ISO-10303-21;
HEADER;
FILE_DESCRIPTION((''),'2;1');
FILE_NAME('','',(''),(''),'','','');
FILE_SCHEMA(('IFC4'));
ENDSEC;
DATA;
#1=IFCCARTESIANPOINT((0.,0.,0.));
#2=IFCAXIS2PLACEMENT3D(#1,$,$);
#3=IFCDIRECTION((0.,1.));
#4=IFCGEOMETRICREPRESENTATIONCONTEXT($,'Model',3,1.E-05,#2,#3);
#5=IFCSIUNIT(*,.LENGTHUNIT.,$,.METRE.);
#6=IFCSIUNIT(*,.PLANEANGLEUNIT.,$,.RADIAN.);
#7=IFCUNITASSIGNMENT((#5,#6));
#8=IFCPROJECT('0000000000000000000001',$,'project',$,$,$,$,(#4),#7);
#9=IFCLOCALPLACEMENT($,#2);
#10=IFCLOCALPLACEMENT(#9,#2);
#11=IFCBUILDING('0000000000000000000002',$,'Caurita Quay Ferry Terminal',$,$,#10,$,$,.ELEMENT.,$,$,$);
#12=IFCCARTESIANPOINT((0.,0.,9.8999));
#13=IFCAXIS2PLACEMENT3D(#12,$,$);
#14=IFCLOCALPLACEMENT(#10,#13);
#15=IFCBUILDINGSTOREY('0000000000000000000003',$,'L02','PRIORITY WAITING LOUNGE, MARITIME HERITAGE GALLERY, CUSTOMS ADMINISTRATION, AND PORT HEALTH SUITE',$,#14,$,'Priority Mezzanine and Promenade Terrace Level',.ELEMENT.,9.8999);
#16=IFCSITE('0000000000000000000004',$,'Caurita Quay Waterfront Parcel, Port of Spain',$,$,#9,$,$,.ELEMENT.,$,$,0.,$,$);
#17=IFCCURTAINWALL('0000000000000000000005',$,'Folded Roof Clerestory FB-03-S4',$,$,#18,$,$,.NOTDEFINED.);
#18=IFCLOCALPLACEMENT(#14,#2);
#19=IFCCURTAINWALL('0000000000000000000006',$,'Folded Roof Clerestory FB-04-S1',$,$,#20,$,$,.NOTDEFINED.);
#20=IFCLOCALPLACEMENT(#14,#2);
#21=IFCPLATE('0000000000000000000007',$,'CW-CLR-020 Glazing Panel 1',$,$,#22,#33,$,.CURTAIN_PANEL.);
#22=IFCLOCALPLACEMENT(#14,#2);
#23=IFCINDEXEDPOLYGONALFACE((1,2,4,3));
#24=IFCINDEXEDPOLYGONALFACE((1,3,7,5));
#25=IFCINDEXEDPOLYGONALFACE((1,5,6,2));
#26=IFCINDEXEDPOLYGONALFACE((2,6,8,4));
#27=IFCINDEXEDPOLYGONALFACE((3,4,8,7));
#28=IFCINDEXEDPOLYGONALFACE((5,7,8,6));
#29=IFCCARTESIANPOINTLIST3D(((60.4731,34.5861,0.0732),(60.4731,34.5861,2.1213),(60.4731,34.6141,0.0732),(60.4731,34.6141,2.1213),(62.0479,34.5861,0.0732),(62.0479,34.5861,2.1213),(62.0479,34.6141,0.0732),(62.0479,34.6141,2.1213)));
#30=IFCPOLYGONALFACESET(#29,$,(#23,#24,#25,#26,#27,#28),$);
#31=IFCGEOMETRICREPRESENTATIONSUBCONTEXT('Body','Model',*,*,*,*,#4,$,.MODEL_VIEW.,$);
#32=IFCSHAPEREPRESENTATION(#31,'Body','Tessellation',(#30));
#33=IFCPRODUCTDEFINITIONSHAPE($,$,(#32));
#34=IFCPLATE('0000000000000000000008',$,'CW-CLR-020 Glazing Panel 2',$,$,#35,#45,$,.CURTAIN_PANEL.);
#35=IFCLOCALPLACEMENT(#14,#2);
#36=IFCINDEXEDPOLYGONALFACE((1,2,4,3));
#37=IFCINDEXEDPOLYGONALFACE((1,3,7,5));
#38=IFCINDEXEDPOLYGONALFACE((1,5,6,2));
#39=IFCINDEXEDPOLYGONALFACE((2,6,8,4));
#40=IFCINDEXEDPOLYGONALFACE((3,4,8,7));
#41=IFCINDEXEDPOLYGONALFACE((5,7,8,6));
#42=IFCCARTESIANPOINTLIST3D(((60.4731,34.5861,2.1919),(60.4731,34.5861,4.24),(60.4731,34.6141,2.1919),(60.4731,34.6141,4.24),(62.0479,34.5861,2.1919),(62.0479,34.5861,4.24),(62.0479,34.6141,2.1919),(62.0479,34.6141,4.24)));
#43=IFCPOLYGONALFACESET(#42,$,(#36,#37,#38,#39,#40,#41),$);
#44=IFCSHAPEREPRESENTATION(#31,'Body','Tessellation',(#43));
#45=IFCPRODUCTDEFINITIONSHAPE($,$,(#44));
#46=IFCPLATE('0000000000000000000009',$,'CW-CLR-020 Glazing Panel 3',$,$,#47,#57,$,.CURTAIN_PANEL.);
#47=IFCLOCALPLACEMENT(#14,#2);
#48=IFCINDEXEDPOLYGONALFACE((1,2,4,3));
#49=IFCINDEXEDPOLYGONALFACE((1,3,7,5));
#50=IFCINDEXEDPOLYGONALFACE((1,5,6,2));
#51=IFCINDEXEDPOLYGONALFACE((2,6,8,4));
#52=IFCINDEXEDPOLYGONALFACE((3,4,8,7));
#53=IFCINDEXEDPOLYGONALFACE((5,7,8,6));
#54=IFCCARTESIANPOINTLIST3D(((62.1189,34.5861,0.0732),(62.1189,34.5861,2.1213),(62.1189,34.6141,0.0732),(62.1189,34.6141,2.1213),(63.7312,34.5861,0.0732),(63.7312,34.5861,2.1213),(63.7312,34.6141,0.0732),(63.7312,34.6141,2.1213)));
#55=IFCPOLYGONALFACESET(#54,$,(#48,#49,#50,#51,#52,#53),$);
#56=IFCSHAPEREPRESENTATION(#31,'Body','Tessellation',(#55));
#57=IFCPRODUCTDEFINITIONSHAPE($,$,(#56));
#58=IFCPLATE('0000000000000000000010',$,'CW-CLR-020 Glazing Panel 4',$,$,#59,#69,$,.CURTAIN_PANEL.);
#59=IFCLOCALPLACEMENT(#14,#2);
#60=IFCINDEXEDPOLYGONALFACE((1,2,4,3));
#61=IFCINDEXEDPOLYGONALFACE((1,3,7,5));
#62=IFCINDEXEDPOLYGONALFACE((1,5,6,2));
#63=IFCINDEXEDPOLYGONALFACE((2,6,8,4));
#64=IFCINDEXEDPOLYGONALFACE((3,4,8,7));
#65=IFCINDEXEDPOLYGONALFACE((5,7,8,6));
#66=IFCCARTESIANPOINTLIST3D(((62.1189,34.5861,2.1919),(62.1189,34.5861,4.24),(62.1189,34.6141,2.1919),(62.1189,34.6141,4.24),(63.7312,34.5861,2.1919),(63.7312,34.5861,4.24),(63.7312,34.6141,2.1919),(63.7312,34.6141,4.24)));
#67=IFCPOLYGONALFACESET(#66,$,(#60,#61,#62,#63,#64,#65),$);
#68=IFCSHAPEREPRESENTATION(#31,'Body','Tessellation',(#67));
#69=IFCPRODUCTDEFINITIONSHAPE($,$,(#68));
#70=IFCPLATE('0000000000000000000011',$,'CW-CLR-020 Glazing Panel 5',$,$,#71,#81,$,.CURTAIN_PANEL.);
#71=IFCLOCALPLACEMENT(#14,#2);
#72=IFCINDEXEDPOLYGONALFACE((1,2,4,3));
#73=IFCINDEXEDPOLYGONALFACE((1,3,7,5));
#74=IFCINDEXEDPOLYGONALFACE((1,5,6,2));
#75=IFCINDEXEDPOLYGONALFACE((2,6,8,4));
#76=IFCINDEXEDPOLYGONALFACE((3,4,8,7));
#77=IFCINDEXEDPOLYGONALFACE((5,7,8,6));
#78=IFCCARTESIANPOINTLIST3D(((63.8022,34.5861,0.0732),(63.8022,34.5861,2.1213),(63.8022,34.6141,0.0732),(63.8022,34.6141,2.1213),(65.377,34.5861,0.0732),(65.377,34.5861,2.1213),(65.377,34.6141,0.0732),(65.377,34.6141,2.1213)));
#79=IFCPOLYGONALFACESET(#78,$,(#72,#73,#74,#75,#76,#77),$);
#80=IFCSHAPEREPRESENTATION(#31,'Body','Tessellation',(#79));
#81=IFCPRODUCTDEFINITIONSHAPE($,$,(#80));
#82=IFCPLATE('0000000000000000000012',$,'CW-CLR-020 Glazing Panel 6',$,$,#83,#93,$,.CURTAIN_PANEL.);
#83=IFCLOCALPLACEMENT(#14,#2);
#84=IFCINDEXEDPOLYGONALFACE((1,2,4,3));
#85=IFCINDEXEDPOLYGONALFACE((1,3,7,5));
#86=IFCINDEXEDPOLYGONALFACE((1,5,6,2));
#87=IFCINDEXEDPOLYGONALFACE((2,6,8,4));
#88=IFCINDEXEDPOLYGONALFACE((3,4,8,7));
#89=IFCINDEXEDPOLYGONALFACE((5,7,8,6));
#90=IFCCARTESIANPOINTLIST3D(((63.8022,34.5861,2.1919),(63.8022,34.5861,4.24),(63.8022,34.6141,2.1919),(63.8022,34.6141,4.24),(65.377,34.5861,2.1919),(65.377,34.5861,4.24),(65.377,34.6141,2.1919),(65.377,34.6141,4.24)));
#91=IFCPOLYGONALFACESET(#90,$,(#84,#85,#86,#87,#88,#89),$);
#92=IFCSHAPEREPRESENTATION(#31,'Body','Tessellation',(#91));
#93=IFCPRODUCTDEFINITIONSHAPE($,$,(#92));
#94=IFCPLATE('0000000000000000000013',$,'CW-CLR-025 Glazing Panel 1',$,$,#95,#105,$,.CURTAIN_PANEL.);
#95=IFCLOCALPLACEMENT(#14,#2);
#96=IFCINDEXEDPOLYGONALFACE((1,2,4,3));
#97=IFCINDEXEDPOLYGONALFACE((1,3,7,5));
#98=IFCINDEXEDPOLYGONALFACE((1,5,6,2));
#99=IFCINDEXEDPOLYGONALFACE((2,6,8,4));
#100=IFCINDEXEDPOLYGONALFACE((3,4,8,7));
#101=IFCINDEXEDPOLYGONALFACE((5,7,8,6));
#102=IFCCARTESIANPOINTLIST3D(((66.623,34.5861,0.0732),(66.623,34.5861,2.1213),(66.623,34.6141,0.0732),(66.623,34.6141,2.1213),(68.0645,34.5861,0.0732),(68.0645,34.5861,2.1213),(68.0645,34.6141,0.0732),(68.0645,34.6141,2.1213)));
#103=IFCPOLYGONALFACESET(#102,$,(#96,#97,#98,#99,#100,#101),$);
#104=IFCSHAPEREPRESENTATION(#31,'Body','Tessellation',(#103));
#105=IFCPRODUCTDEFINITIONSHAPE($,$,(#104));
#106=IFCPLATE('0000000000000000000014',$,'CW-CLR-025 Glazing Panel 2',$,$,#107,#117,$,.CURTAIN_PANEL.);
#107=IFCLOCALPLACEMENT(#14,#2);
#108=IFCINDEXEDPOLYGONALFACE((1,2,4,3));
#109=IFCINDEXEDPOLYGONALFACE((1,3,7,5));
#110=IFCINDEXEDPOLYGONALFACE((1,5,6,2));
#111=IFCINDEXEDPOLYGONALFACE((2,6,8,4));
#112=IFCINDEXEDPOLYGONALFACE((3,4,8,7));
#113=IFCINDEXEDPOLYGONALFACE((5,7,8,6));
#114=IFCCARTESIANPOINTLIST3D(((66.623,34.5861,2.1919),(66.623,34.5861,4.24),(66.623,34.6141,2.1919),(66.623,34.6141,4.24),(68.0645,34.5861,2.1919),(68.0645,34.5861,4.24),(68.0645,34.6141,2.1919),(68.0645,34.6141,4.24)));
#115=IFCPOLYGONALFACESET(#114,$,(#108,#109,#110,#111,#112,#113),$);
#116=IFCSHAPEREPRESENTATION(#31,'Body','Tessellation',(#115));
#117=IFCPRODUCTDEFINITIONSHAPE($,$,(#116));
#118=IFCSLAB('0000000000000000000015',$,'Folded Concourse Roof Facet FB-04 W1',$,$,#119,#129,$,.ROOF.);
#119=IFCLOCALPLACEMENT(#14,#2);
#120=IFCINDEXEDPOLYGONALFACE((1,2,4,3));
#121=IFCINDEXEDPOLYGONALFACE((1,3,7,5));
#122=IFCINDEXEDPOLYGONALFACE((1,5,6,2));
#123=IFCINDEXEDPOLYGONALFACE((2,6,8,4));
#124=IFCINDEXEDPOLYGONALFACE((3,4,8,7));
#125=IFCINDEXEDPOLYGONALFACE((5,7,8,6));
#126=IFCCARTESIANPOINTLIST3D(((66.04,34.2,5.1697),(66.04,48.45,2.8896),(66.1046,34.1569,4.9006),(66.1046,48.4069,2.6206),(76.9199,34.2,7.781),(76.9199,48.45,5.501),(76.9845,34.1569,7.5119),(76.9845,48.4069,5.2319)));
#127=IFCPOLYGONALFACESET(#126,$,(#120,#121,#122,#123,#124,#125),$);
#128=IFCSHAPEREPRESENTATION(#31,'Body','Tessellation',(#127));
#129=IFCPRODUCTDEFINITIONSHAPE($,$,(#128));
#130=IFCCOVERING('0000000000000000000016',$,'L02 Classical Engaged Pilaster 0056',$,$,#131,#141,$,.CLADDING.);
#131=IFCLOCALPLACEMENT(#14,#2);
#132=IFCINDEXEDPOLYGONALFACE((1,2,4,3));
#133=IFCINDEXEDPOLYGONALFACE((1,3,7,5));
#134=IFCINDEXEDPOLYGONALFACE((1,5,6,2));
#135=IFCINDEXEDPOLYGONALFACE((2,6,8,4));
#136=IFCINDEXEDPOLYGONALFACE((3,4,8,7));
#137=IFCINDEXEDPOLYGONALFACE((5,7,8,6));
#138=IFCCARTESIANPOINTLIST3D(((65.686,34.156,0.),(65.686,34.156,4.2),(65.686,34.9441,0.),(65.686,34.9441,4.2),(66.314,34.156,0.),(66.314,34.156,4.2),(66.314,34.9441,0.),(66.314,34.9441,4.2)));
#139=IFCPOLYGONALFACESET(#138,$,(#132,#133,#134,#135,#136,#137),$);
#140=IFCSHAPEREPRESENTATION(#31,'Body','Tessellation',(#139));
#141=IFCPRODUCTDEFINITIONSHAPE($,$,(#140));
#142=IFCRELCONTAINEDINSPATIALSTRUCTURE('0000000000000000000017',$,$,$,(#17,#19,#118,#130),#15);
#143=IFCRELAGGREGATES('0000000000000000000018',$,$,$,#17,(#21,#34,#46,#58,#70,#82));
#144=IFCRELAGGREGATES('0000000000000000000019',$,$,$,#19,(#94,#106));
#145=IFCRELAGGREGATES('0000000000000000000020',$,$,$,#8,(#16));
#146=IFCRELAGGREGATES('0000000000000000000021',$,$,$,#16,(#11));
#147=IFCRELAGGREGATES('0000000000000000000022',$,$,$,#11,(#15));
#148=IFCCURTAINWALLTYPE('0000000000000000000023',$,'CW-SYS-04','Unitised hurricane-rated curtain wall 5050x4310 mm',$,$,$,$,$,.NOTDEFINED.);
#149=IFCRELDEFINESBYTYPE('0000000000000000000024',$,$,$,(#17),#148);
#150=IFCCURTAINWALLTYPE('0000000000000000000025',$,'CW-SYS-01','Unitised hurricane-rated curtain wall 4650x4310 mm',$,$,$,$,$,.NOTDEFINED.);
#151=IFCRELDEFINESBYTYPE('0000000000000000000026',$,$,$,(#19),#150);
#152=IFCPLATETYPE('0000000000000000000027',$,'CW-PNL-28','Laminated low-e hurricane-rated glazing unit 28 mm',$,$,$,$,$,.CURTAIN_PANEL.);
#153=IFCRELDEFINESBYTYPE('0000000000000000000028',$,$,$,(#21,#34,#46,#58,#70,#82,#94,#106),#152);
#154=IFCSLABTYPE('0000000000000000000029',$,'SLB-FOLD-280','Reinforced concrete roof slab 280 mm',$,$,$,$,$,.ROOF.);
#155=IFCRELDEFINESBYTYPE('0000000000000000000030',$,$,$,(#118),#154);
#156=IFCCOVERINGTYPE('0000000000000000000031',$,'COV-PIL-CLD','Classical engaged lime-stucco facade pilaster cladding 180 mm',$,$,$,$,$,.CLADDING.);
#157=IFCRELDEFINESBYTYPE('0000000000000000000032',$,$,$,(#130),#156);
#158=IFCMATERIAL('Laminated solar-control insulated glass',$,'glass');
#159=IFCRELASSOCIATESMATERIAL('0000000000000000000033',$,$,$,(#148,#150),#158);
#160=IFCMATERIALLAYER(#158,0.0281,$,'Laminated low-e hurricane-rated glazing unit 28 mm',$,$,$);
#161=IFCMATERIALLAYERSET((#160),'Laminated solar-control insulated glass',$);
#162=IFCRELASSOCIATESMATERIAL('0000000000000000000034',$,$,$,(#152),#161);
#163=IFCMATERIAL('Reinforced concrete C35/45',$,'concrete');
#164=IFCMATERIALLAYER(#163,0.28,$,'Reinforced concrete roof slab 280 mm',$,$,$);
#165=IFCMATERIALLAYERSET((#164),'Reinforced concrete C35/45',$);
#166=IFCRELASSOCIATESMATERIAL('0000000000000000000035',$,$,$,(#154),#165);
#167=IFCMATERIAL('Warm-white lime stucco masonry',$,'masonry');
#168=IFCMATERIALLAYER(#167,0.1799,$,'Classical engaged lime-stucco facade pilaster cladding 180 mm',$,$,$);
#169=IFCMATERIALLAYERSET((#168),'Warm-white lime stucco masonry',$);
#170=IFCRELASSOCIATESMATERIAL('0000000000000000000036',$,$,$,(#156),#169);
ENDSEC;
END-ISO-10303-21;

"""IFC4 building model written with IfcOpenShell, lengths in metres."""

from ifc_helpers import new_model, si_unit, direction, frame, origin, origin_2d, place, context, subcontext, project, spatial, polyline, rectangle, outline, extrude, material, layer, layer_set, type_object, element, aggregate, save


model = new_model("IFC4")

# Units and contexts
model_context = context("Model", 3, precision=1e-05, world=origin(), true_north=direction((0.0, 1.0)))
body_context = subcontext(model_context, "Body", "Model", "MODEL_VIEW")
ifc_project = project(units=[si_unit("LENGTHUNIT", "METRE"), si_unit("PLANEANGLEUNIT", "RADIAN")], contexts=[model_context])

# Site, building, storey
site_placement = place(None, origin())
site = spatial("IfcSite", under=ifc_project, at=site_placement, Name="Caurita Quay Waterfront Parcel, Port of Spain", CompositionType="ELEMENT", RefElevation=0.0)
building_placement = place(site_placement, origin())
building = spatial("IfcBuilding", under=site, at=building_placement, Name="Caurita Quay Ferry Terminal", CompositionType="ELEMENT")
storey_placement = place(building_placement, frame((0.0, 0.0, 9.8999)))
storey = spatial("IfcBuildingStorey", under=building, at=storey_placement, Name="L02", Description="PRIORITY WAITING LOUNGE, MARITIME HERITAGE GALLERY, CUSTOMS ADMINISTRATION, AND PORT HEALTH SUITE", LongName="Priority Mezzanine and Promenade Terrace Level", CompositionType="ELEMENT", Elevation=9.8999)

# Curtain walls
ifc_material_1 = material(Name="Laminated solar-control insulated glass", Category="glass")
curtain_wall_type_1 = type_object("IfcCurtainWallType", Name="CW-SYS-04", Description="Unitised hurricane-rated curtain wall 5050x4310 mm", PredefinedType="NOTDEFINED", material=ifc_material_1)
curtain_wall_1_placement = place(storey_placement, origin())
curtain_wall_1 = element("IfcCurtainWall", 1, at=curtain_wall_1_placement, inside=storey, type_object=curtain_wall_type_1, Name="Folded Roof Clerestory FB-03-S4", PredefinedType="NOTDEFINED")
curtain_wall_type_2 = type_object("IfcCurtainWallType", Name="CW-SYS-01", Description="Unitised hurricane-rated curtain wall 4650x4310 mm", PredefinedType="NOTDEFINED", material=ifc_material_1)
curtain_wall_2_placement = place(storey_placement, origin())
curtain_wall_2 = element("IfcCurtainWall", 2, at=curtain_wall_2_placement, inside=storey, type_object=curtain_wall_type_2, Name="Folded Roof Clerestory FB-04-S1", PredefinedType="NOTDEFINED")

# Plates
ifc_layer_1 = layer(ifc_material_1, 0.0281, Name="Laminated low-e hurricane-rated glazing unit 28 mm")
ifc_layer_set_1 = layer_set([ifc_layer_1], Name="Laminated solar-control insulated glass")
plate_type = type_object("IfcPlateType", Name="CW-PNL-28", Description="Laminated low-e hurricane-rated glazing unit 28 mm", PredefinedType="CURTAIN_PANEL", material=ifc_layer_set_1)
plate_1_placement = place(storey_placement, frame((61.2605, 34.6001, 0.0732), z_axis=(0.0, 0.0, 1.0), x_axis=(1.0, 0.0, 0.0)))
plate_1 = element("IfcPlate", 3, at=plate_1_placement, type_object=plate_type, Name="CW-CLR-020 Glazing Panel 1", PredefinedType="CURTAIN_PANEL", context=body_context, shape_type="SweptSolid", body=[
    extrude(rectangle(XDim=1.5747, YDim=0.0281, at=origin_2d()), origin(), (0.0, 0.0, 1.0), 2.0481),
])
plate_2_placement = place(storey_placement, frame((61.2605, 34.6001, 2.1919), z_axis=(0.0, 0.0, 1.0), x_axis=(1.0, 0.0, 0.0)))
plate_2 = element("IfcPlate", 4, at=plate_2_placement, type_object=plate_type, Name="CW-CLR-020 Glazing Panel 2", PredefinedType="CURTAIN_PANEL", context=body_context, shape_type="SweptSolid", body=[
    extrude(rectangle(XDim=1.5747, YDim=0.0281, at=origin_2d()), origin(), (0.0, 0.0, 1.0), 2.0481),
])
plate_3_placement = place(storey_placement, frame((62.925, 34.6001, 0.0732), z_axis=(0.0, 0.0, 1.0), x_axis=(1.0, 0.0, 0.0)))
plate_3 = element("IfcPlate", 5, at=plate_3_placement, type_object=plate_type, Name="CW-CLR-020 Glazing Panel 3", PredefinedType="CURTAIN_PANEL", context=body_context, shape_type="SweptSolid", body=[
    extrude(rectangle(XDim=1.6123, YDim=0.0281, at=origin_2d()), origin(), (0.0, 0.0, 1.0), 2.0481),
])
plate_4_placement = place(storey_placement, frame((62.925, 34.6001, 2.1919), z_axis=(0.0, 0.0, 1.0), x_axis=(1.0, 0.0, 0.0)))
plate_4 = element("IfcPlate", 6, at=plate_4_placement, type_object=plate_type, Name="CW-CLR-020 Glazing Panel 4", PredefinedType="CURTAIN_PANEL", context=body_context, shape_type="SweptSolid", body=[
    extrude(rectangle(XDim=1.6123, YDim=0.0281, at=origin_2d()), origin(), (0.0, 0.0, 1.0), 2.0481),
])
plate_5_placement = place(storey_placement, frame((64.5896, 34.6001, 0.0732), z_axis=(0.0, 0.0, 1.0), x_axis=(1.0, 0.0, 0.0)))
plate_5 = element("IfcPlate", 7, at=plate_5_placement, type_object=plate_type, Name="CW-CLR-020 Glazing Panel 5", PredefinedType="CURTAIN_PANEL", context=body_context, shape_type="SweptSolid", body=[
    extrude(rectangle(XDim=1.5747, YDim=0.0281, at=origin_2d()), origin(), (0.0, 0.0, 1.0), 2.0481),
])
plate_6_placement = place(storey_placement, frame((64.5896, 34.6001, 2.1919), z_axis=(0.0, 0.0, 1.0), x_axis=(1.0, 0.0, 0.0)))
plate_6 = element("IfcPlate", 8, at=plate_6_placement, type_object=plate_type, Name="CW-CLR-020 Glazing Panel 6", PredefinedType="CURTAIN_PANEL", context=body_context, shape_type="SweptSolid", body=[
    extrude(rectangle(XDim=1.5747, YDim=0.0281, at=origin_2d()), origin(), (0.0, 0.0, 1.0), 2.0481),
])
aggregate(curtain_wall_1, [plate_1, plate_2, plate_3, plate_4, plate_5, plate_6])
plate_7_placement = place(storey_placement, frame((67.3438, 34.6001, 0.0732), z_axis=(0.0, 0.0, 1.0), x_axis=(1.0, 0.0, 0.0)))
plate_7 = element("IfcPlate", 9, at=plate_7_placement, type_object=plate_type, Name="CW-CLR-025 Glazing Panel 1", PredefinedType="CURTAIN_PANEL", context=body_context, shape_type="SweptSolid", body=[
    extrude(rectangle(XDim=1.4414, YDim=0.0281, at=origin_2d()), origin(), (0.0, 0.0, 1.0), 2.0481),
])
plate_8_placement = place(storey_placement, frame((67.3438, 34.6001, 2.1919), z_axis=(0.0, 0.0, 1.0), x_axis=(1.0, 0.0, 0.0)))
plate_8 = element("IfcPlate", 10, at=plate_8_placement, type_object=plate_type, Name="CW-CLR-025 Glazing Panel 2", PredefinedType="CURTAIN_PANEL", context=body_context, shape_type="SweptSolid", body=[
    extrude(rectangle(XDim=1.4414, YDim=0.0281, at=origin_2d()), origin(), (0.0, 0.0, 1.0), 2.0481),
])
aggregate(curtain_wall_2, [plate_7, plate_8])

# Slab
ifc_material_2 = material(Name="Reinforced concrete C35/45", Category="concrete")
ifc_layer_2 = layer(ifc_material_2, 0.28, Name="Reinforced concrete roof slab 280 mm")
ifc_layer_set_2 = layer_set([ifc_layer_2], Name="Reinforced concrete C35/45")
slab_type = type_object("IfcSlabType", Name="SLB-FOLD-280", Description="Reinforced concrete roof slab 280 mm", PredefinedType="ROOF", material=ifc_layer_set_2)
slab_placement = place(storey_placement, frame((66.04, 34.2, 5.1697), z_axis=(-0.230612, 0.153734, 0.960825), x_axis=(0.972384, 0.0, 0.233386)))
element("IfcSlab", 11, at=slab_placement, inside=storey, type_object=slab_type, Name="Folded Concourse Roof Facet FB-04 W1", PredefinedType="ROOF", context=body_context, shape_type="SweptSolid", body=[
    extrude(outline(polyline([(0.0, 0.0), (11.1889, 0.0), (10.6567, 14.4214), (-0.5321, 14.4214), (0.0, 0.0)])), origin(), (0.0, 0.0, -1.0), 0.28),
])

# Covering
ifc_material_3 = material(Name="Warm-white lime stucco masonry", Category="masonry")
ifc_layer_3 = layer(ifc_material_3, 0.1799, Name="Classical engaged lime-stucco facade pilaster cladding 180 mm")
ifc_layer_set_3 = layer_set([ifc_layer_3], Name="Warm-white lime stucco masonry")
covering_type = type_object("IfcCoveringType", Name="COV-PIL-CLD", Description="Classical engaged lime-stucco facade pilaster cladding 180 mm", PredefinedType="CLADDING", material=ifc_layer_set_3)
covering_placement = place(storey_placement, frame((66.0, 34.55, 0.0), z_axis=(0.0, 0.0, 1.0), x_axis=(1.0, 0.0, 0.0)))
element("IfcCovering", 12, at=covering_placement, inside=storey, type_object=covering_type, Name="L02 Classical Engaged Pilaster 0056", PredefinedType="CLADDING", context=body_context, shape_type="SweptSolid", body=[
    extrude(rectangle(XDim=0.6279, YDim=0.7881, at=origin_2d()), origin(), (0.0, 0.0, 1.0), 4.2),
])

save(model, "model.ifc")
